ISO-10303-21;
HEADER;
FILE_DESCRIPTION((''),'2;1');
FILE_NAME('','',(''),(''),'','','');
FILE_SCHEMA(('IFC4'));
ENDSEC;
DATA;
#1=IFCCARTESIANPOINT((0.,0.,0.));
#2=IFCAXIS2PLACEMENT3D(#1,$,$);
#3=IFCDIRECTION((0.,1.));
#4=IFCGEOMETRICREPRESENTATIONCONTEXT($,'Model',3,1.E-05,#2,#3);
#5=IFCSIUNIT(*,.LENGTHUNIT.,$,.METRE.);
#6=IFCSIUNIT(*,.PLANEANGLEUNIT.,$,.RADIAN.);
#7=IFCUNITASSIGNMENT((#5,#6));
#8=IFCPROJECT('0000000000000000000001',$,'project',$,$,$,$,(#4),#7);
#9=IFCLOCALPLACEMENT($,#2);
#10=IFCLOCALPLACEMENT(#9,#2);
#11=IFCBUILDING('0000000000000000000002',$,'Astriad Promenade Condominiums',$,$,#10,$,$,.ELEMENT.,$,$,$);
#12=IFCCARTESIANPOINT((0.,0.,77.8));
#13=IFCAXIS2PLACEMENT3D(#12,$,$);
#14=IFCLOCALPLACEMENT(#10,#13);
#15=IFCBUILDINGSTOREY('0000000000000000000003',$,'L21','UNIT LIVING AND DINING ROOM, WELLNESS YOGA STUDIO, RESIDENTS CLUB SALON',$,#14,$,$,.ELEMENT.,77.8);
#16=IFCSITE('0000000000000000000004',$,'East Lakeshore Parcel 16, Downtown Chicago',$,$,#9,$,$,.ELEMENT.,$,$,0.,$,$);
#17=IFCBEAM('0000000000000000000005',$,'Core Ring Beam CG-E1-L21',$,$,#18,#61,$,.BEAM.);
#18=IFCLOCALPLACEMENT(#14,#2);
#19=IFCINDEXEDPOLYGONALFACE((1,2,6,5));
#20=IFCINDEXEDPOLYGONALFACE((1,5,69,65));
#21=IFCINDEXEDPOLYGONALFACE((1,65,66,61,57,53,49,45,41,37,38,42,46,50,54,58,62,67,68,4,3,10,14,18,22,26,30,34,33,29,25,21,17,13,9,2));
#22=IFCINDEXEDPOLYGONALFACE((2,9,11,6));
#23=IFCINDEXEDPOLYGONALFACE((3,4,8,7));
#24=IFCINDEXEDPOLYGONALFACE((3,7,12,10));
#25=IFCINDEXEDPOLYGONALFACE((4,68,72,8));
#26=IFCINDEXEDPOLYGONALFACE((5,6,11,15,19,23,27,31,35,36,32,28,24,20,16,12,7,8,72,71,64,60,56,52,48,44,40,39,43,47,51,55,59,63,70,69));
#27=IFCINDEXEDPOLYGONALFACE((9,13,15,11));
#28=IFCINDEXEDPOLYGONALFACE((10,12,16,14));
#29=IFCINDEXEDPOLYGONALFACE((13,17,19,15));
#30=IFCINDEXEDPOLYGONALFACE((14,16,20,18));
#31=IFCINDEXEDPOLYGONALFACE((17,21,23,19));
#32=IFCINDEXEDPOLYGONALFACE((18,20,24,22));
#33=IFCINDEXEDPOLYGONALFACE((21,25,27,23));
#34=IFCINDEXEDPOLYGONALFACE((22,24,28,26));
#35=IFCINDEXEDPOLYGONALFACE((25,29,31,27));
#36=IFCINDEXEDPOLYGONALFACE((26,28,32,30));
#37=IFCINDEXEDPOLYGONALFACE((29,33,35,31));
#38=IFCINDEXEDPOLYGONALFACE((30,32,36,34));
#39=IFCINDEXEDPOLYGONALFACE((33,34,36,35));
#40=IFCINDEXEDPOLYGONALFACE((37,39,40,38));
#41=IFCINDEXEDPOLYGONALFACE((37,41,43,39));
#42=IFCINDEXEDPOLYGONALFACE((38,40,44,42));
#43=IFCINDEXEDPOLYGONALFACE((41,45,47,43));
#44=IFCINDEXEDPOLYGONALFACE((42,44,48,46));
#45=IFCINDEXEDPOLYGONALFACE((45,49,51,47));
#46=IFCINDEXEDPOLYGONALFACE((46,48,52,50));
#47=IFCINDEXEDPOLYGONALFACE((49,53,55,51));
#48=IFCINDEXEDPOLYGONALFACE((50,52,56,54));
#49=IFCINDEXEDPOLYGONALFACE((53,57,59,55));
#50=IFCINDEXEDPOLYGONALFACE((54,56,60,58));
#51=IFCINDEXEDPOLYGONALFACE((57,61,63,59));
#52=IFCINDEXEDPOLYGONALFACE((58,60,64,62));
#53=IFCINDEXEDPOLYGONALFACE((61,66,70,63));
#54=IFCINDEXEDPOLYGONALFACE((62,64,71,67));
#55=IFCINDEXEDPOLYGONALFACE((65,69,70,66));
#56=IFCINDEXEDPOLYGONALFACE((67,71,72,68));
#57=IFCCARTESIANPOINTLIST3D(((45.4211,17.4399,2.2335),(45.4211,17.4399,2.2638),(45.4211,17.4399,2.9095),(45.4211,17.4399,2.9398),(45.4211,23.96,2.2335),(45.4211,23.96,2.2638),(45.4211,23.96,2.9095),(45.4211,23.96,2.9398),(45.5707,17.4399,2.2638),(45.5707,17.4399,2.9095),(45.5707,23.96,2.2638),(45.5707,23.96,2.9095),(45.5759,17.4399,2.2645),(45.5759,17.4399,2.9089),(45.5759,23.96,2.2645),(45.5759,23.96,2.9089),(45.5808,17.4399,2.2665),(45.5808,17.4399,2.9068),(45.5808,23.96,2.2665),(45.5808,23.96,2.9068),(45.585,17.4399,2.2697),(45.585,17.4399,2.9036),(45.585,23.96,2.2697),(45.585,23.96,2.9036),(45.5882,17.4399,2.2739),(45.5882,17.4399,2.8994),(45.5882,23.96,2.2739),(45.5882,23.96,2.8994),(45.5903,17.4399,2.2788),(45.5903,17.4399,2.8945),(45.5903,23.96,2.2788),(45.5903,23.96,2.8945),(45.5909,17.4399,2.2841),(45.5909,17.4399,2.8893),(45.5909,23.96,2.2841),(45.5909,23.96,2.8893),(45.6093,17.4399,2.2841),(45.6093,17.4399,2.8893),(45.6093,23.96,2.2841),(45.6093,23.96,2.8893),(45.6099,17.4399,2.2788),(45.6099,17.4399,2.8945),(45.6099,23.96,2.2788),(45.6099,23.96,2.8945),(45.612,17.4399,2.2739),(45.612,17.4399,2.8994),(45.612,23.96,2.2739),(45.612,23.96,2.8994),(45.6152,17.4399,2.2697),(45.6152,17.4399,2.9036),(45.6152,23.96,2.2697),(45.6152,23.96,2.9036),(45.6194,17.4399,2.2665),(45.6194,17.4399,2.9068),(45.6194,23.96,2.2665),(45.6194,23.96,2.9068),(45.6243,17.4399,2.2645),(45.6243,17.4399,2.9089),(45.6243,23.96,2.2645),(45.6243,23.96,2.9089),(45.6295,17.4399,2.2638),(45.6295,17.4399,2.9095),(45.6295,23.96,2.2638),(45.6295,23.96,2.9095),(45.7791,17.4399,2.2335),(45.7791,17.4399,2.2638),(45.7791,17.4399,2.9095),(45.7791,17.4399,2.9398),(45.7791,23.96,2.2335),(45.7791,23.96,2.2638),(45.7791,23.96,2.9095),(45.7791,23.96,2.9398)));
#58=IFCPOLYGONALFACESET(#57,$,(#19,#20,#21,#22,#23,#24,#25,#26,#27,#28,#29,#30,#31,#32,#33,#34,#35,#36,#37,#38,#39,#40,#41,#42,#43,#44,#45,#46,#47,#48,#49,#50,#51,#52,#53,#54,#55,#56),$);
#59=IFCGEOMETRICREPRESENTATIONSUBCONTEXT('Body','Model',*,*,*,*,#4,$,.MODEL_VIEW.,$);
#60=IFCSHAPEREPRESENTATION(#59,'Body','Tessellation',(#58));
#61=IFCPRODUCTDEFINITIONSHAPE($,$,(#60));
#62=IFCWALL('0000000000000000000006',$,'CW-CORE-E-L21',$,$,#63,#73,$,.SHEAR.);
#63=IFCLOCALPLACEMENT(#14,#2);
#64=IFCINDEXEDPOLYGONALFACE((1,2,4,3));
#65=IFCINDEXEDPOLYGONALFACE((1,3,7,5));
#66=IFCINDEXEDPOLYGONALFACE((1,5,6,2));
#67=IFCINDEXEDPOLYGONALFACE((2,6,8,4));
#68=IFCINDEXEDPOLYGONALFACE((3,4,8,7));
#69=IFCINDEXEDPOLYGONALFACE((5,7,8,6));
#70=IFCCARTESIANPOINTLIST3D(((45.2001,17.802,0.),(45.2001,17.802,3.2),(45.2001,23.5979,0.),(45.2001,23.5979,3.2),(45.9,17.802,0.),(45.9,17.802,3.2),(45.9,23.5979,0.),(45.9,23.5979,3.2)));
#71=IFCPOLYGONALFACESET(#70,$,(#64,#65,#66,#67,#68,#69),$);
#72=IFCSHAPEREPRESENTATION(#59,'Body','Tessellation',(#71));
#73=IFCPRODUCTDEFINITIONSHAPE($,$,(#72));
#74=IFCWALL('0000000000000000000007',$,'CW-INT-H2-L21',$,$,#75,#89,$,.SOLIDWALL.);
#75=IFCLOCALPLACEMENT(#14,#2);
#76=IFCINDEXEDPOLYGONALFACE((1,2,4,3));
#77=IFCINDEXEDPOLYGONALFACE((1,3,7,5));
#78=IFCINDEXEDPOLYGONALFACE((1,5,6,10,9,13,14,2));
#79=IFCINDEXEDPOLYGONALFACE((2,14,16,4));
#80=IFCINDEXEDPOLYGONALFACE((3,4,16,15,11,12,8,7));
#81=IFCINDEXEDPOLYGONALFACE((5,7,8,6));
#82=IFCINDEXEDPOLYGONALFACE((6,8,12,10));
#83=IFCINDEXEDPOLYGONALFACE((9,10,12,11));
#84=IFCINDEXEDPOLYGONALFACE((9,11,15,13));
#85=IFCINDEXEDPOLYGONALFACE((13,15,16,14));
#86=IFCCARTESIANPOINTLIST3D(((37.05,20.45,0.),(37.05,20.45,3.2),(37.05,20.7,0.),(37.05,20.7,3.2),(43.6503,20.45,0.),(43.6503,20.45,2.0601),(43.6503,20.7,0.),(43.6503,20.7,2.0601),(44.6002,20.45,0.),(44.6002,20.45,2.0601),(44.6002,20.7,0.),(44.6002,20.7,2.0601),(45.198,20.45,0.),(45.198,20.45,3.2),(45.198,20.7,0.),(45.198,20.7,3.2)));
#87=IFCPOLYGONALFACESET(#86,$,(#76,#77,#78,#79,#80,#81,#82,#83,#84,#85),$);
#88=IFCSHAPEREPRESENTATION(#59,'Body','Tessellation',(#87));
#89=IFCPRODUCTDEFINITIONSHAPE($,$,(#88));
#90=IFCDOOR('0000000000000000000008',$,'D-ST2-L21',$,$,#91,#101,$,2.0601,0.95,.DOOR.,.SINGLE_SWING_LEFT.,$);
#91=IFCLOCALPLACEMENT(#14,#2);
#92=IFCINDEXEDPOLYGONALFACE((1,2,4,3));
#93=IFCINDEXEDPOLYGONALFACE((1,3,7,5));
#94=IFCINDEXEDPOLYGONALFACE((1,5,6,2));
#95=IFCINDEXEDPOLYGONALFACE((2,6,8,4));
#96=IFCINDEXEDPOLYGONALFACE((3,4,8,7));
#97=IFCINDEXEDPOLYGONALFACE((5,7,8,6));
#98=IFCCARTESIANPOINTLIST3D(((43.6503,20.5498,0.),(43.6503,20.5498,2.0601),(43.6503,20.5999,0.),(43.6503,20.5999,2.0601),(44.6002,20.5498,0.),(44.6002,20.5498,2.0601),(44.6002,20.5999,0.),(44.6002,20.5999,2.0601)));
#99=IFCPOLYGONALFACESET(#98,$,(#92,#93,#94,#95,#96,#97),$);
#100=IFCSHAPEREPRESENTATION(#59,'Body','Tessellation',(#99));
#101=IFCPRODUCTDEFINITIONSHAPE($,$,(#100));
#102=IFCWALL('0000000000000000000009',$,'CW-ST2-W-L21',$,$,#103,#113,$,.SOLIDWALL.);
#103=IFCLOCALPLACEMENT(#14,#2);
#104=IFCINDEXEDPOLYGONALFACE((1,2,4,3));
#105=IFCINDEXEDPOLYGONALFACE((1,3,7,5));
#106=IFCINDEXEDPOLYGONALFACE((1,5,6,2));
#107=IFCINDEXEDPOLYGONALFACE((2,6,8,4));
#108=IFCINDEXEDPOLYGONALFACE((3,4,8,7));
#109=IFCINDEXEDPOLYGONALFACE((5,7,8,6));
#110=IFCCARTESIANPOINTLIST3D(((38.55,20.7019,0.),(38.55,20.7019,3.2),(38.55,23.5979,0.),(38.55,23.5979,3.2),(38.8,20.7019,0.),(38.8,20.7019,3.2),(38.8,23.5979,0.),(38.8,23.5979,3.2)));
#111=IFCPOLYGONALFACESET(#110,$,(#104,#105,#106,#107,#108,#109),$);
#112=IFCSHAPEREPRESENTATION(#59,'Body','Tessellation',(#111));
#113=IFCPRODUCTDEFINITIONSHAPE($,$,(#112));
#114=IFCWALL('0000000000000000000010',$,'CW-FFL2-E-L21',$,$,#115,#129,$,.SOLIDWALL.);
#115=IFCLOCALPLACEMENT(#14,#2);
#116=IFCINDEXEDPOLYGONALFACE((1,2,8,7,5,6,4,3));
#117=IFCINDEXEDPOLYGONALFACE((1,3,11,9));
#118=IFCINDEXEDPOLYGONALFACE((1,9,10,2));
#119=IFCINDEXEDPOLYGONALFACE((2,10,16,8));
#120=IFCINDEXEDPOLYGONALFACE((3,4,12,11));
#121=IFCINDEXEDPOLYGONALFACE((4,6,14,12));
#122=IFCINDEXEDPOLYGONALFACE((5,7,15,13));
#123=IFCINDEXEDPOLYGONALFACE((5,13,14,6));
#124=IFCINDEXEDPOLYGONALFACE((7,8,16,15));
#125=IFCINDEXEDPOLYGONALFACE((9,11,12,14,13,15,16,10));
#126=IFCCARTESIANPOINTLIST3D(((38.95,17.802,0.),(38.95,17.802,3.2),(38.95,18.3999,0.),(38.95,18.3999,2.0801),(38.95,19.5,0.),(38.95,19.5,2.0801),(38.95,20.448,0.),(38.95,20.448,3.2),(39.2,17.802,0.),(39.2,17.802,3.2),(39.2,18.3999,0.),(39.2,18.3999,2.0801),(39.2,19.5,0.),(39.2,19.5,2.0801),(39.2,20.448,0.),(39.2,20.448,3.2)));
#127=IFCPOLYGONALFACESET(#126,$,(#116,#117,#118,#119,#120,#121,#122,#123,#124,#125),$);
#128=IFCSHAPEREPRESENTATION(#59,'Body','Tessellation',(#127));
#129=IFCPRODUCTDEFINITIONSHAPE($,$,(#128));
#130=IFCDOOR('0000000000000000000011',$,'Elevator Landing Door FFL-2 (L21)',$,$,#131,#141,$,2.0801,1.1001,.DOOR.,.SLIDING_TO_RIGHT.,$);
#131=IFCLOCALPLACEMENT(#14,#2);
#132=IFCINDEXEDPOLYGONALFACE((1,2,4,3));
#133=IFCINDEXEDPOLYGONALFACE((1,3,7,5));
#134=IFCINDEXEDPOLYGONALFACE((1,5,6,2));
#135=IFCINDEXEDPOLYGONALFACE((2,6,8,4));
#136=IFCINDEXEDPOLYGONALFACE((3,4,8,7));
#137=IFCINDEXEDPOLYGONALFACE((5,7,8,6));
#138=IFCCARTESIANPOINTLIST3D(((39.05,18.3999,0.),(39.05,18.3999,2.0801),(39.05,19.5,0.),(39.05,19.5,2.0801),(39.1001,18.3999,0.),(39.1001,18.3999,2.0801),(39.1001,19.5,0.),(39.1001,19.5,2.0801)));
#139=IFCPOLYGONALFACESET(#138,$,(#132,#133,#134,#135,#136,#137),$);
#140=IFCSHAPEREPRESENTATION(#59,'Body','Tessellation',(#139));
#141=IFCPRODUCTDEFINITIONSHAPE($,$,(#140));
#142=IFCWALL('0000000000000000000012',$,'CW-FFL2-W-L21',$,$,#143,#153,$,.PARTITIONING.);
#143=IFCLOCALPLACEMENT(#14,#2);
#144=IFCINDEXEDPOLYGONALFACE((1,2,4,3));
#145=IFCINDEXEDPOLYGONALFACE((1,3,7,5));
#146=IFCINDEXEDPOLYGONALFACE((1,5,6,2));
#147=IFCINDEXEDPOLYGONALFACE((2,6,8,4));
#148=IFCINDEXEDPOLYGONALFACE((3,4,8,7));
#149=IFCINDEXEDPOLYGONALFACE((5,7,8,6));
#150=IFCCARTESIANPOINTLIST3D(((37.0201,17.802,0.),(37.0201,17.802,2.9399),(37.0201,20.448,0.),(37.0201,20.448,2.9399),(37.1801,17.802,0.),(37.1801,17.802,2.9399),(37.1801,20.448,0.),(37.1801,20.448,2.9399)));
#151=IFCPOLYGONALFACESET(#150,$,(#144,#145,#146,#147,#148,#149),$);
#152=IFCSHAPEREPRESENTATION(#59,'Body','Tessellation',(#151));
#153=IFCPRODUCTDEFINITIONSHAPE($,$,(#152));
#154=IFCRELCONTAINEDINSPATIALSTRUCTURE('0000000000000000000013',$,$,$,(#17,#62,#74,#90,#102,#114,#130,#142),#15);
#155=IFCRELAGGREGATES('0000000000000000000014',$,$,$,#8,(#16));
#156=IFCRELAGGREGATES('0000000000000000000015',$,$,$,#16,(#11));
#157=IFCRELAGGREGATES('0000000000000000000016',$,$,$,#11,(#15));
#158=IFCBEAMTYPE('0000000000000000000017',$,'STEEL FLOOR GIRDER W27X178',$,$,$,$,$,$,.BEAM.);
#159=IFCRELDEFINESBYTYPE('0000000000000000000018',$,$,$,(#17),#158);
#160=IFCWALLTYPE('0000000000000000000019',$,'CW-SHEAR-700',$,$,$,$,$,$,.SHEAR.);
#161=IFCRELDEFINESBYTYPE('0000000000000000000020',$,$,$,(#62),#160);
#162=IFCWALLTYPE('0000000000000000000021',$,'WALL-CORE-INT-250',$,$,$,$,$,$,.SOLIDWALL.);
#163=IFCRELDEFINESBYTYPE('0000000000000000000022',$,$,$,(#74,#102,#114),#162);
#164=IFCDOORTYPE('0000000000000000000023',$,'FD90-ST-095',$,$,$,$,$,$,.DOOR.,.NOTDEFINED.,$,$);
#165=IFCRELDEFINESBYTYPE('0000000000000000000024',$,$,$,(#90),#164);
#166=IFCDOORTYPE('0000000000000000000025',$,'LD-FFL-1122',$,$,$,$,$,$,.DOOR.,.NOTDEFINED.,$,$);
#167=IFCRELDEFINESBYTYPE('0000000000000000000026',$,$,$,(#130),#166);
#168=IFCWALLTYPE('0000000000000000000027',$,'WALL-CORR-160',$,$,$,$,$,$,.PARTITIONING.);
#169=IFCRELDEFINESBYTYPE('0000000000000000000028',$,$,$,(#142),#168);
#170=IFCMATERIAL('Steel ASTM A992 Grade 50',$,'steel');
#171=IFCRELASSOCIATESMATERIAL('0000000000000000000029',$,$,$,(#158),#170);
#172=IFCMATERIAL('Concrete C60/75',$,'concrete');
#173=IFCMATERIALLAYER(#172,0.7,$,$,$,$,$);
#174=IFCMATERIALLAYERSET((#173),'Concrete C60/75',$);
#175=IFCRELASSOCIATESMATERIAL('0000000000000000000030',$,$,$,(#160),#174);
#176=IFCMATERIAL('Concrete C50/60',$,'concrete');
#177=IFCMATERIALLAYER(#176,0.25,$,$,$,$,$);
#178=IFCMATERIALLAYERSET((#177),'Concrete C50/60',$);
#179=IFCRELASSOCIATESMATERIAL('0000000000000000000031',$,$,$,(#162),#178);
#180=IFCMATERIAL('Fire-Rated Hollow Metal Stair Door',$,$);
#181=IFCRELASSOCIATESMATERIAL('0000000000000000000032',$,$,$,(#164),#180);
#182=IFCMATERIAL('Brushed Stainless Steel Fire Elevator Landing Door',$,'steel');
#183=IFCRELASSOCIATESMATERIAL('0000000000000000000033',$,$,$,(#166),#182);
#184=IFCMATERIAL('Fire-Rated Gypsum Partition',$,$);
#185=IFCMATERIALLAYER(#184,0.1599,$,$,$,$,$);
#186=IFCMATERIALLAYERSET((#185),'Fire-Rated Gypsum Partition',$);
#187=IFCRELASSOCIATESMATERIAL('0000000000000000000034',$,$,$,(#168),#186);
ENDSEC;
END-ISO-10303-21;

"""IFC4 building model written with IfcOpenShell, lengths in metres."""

from ifc_helpers import new_model, si_unit, direction, frame, frame_2d, origin, origin_2d, place, context, subcontext, project, spatial, rectangle, i_section, extrude, source, transform, mapped, material, layer, layer_set, material_profile, profile_set, type_object, type_shapes, element, fill, save


model = new_model("IFC4")

# Units and contexts
model_context = context("Model", 3, precision=1e-05, world=origin(), true_north=direction((0.0, 1.0)))
body_context = subcontext(model_context, "Body", "Model", "MODEL_VIEW")
ifc_project = project(units=[si_unit("LENGTHUNIT", "METRE"), si_unit("PLANEANGLEUNIT", "RADIAN")], contexts=[model_context])

# Site, building, storey
site_placement = place(None, origin())
site = spatial("IfcSite", under=ifc_project, at=site_placement, Name="East Lakeshore Parcel 16, Downtown Chicago", CompositionType="ELEMENT", RefElevation=0.0)
building_placement = place(site_placement, origin())
building = spatial("IfcBuilding", under=site, at=building_placement, Name="Astriad Promenade Condominiums", CompositionType="ELEMENT")
storey_placement = place(building_placement, frame((0.0, 0.0, 77.8)))
storey = spatial("IfcBuildingStorey", under=building, at=storey_placement, Name="L21", Description="UNIT LIVING AND DINING ROOM, WELLNESS YOGA STUDIO, RESIDENTS CLUB SALON", CompositionType="ELEMENT", Elevation=77.8)

# Shared definitions
ifc_material_1 = material(Name="Steel ASTM A992 Grade 50", Category="steel")

# Beam
ifc_material_profile_1 = material_profile(ifc_material_1, i_section(OverallWidth=0.3579, OverallDepth=0.7063, WebThickness=0.0183, FlangeThickness=0.0303, FilletRadius=0.0203, at=origin_2d()), Name="W27X178")
ifc_profile_set_1 = profile_set([ifc_material_profile_1], Name="Steel ASTM A992 Grade 50")
beam_type_1 = type_object("IfcBeamType", Name="STEEL FLOOR GIRDER W27X178", PredefinedType="BEAM", material=ifc_profile_set_1)
shared_shape_1 = source(origin(), body_context, "Body", "SweptSolid", [
    extrude(i_section(OverallWidth=0.3579, OverallDepth=0.7063, WebThickness=0.0183, FlangeThickness=0.0303, FilletRadius=0.0203, at=origin_2d()), origin(), (0.0, 0.0, 1.0), 6.52),
])
type_shapes(beam_type_1, [shared_shape_1])
beam_1_placement = place(storey_placement, frame((45.6001, 17.4399, 2.5867), z_axis=(0.0, 1.0, 0.0), x_axis=(-1.0, 0.0, 0.0)))
element("IfcBeam", 1, at=beam_1_placement, inside=storey, type_object=beam_type_1, Name="Core Ring Beam CG-E1-L21", PredefinedType="BEAM", context=body_context, shape_type="MappedRepresentation", body=[
    mapped(shared_shape_1, transform((0.0, 0.0, 0.0), scale=1.0)),
])

# Wall
ifc_material_2 = material(Name="Concrete C60/75", Category="concrete")
ifc_layer_1 = layer(ifc_material_2, 0.7)
ifc_layer_set_1 = layer_set([ifc_layer_1], Name="Concrete C60/75")
wall_type_1 = type_object("IfcWallType", Name="CW-SHEAR-700", PredefinedType="SHEAR", material=ifc_layer_set_1)
wall_1_placement = place(storey_placement, frame((45.55, 17.802, 0.0), z_axis=(0.0, 0.0, 1.0), x_axis=(0.0, 1.0, 0.0)))
element("IfcWall", 2, at=wall_1_placement, inside=storey, type_object=wall_type_1, Name="CW-CORE-E-L21", PredefinedType="SHEAR", context=body_context, shape_type="SweptSolid", body=[
    extrude(rectangle(XDim=5.7959, YDim=0.7, at=frame_2d((2.8979, 0.0))), origin(), (0.0, 0.0, 1.0), 3.2),
])

# Wall, opening, door
ifc_material_3 = material(Name="Concrete C50/60", Category="concrete")
ifc_layer_2 = layer(ifc_material_3, 0.25)
ifc_layer_set_2 = layer_set([ifc_layer_2], Name="Concrete C50/60")
wall_type_2 = type_object("IfcWallType", Name="WALL-CORE-INT-250", PredefinedType="SOLIDWALL", material=ifc_layer_set_2)
wall_2_placement = place(storey_placement, frame((37.05, 20.575, 0.0), z_axis=(0.0, 0.0, 1.0), x_axis=(1.0, 0.0, 0.0)))
wall_2 = element("IfcWall", 3, at=wall_2_placement, inside=storey, type_object=wall_type_2, Name="CW-INT-H2-L21", PredefinedType="SOLIDWALL", context=body_context, shape_type="SweptSolid", body=[
    extrude(rectangle(XDim=8.1479, YDim=0.25, at=frame_2d((4.074, 0.0))), origin(), (0.0, 0.0, 1.0), 3.2),
])
opening_1_placement = place(wall_2_placement, frame((6.6001, 0.0, 0.0)))
opening_1 = element("IfcOpeningElement", 4, at=opening_1_placement, cuts=wall_2, PredefinedType="OPENING", context=body_context, shape_type="SweptSolid", body=[
    extrude(rectangle(XDim=0.95, YDim=2.0601, at=frame_2d((0.4751, 1.03))), frame((0.0, 0.135, 0.0), z_axis=(0.0, -1.0, 0.0), x_axis=(1.0, 0.0, 0.0)), (0.0, 0.0, 1.0), 0.27),
])
ifc_material_4 = material(Name="Fire-Rated Hollow Metal Stair Door")
door_type_1 = type_object("IfcDoorType", Name="FD90-ST-095", OperationType="NOTDEFINED", PredefinedType="DOOR", material=ifc_material_4)
shared_shape_2 = source(origin(), body_context, "Body", "SweptSolid", [
    extrude(rectangle(XDim=0.95, YDim=2.0601, at=frame_2d((0.4751, 1.03))), frame((0.0, 0.0249, 0.0), z_axis=(0.0, -1.0, 0.0), x_axis=(1.0, 0.0, 0.0)), (0.0, 0.0, 1.0), 0.05),
])
type_shapes(door_type_1, [shared_shape_2])
door_1_placement = place(opening_1_placement, origin())
door_1 = element("IfcDoor", 5, at=door_1_placement, inside=storey, type_object=door_type_1, Name="D-ST2-L21", OperationType="SINGLE_SWING_LEFT", OverallHeight=2.0601, OverallWidth=0.95, PredefinedType="DOOR", context=body_context, shape_type="MappedRepresentation", body=[
    mapped(shared_shape_2, transform((0.0, 0.0, 0.0), scale=1.0)),
])
fill(opening_1, door_1)

# Wall
wall_3_placement = place(storey_placement, frame((38.675, 20.7019, 0.0), z_axis=(0.0, 0.0, 1.0), x_axis=(0.0, 1.0, 0.0)))
element("IfcWall", 6, at=wall_3_placement, inside=storey, type_object=wall_type_2, Name="CW-ST2-W-L21", PredefinedType="SOLIDWALL", context=body_context, shape_type="SweptSolid", body=[
    extrude(rectangle(XDim=2.896, YDim=0.25, at=frame_2d((1.448, 0.0))), origin(), (0.0, 0.0, 1.0), 3.2),
])

# Wall, opening, door
wall_4_placement = place(storey_placement, frame((39.075, 17.802, 0.0), z_axis=(0.0, 0.0, 1.0), x_axis=(0.0, 1.0, 0.0)))
wall_4 = element("IfcWall", 7, at=wall_4_placement, inside=storey, type_object=wall_type_2, Name="CW-FFL2-E-L21", PredefinedType="SOLIDWALL", context=body_context, shape_type="SweptSolid", body=[
    extrude(rectangle(XDim=2.646, YDim=0.25, at=frame_2d((1.323, 0.0))), origin(), (0.0, 0.0, 1.0), 3.2),
])
opening_2_placement = place(wall_4_placement, frame((0.5979, 0.0, 0.0)))
opening_2 = element("IfcOpeningElement", 8, at=opening_2_placement, cuts=wall_4, PredefinedType="OPENING", context=body_context, shape_type="SweptSolid", body=[
    extrude(rectangle(XDim=1.1001, YDim=2.0801, at=frame_2d((0.55, 1.04))), frame((0.0, 0.135, 0.0), z_axis=(0.0, -1.0, 0.0), x_axis=(1.0, 0.0, 0.0)), (0.0, 0.0, 1.0), 0.27),
])
ifc_material_5 = material(Name="Brushed Stainless Steel Fire Elevator Landing Door", Category="steel")
door_type_2 = type_object("IfcDoorType", Name="LD-FFL-1122", OperationType="NOTDEFINED", PredefinedType="DOOR", material=ifc_material_5)
shared_shape_3 = source(origin(), body_context, "Body", "SweptSolid", [
    extrude(rectangle(XDim=1.1001, YDim=2.0801, at=frame_2d((0.55, 1.04))), frame((0.0, 0.0249, 0.0), z_axis=(0.0, -1.0, 0.0), x_axis=(1.0, 0.0, 0.0)), (0.0, 0.0, 1.0), 0.05),
])
type_shapes(door_type_2, [shared_shape_3])
door_2_placement = place(opening_2_placement, origin())
door_2 = element("IfcDoor", 9, at=door_2_placement, inside=storey, type_object=door_type_2, Name="Elevator Landing Door FFL-2 (L21)", OperationType="SLIDING_TO_RIGHT", OverallHeight=2.0801, OverallWidth=1.1001, PredefinedType="DOOR", context=body_context, shape_type="MappedRepresentation", body=[
    mapped(shared_shape_3, transform((0.0, 0.0, 0.0), scale=1.0)),
])
fill(opening_2, door_2)

# Wall
ifc_material_6 = material(Name="Fire-Rated Gypsum Partition")
ifc_layer_3 = layer(ifc_material_6, 0.1599)
ifc_layer_set_3 = layer_set([ifc_layer_3], Name="Fire-Rated Gypsum Partition")
wall_type_3 = type_object("IfcWallType", Name="WALL-CORR-160", PredefinedType="PARTITIONING", material=ifc_layer_set_3)
wall_5_placement = place(storey_placement, frame((37.1001, 17.802, 0.0), z_axis=(0.0, 0.0, 1.0), x_axis=(0.0, 1.0, 0.0)))
element("IfcWall", 10, at=wall_5_placement, inside=storey, type_object=wall_type_3, Name="CW-FFL2-W-L21", PredefinedType="PARTITIONING", context=body_context, shape_type="SweptSolid", body=[
    extrude(rectangle(XDim=2.646, YDim=0.1599, at=frame_2d((1.323, 0.0))), origin(), (0.0, 0.0, 1.0), 2.9399),
])

save(model, "model.ifc")
